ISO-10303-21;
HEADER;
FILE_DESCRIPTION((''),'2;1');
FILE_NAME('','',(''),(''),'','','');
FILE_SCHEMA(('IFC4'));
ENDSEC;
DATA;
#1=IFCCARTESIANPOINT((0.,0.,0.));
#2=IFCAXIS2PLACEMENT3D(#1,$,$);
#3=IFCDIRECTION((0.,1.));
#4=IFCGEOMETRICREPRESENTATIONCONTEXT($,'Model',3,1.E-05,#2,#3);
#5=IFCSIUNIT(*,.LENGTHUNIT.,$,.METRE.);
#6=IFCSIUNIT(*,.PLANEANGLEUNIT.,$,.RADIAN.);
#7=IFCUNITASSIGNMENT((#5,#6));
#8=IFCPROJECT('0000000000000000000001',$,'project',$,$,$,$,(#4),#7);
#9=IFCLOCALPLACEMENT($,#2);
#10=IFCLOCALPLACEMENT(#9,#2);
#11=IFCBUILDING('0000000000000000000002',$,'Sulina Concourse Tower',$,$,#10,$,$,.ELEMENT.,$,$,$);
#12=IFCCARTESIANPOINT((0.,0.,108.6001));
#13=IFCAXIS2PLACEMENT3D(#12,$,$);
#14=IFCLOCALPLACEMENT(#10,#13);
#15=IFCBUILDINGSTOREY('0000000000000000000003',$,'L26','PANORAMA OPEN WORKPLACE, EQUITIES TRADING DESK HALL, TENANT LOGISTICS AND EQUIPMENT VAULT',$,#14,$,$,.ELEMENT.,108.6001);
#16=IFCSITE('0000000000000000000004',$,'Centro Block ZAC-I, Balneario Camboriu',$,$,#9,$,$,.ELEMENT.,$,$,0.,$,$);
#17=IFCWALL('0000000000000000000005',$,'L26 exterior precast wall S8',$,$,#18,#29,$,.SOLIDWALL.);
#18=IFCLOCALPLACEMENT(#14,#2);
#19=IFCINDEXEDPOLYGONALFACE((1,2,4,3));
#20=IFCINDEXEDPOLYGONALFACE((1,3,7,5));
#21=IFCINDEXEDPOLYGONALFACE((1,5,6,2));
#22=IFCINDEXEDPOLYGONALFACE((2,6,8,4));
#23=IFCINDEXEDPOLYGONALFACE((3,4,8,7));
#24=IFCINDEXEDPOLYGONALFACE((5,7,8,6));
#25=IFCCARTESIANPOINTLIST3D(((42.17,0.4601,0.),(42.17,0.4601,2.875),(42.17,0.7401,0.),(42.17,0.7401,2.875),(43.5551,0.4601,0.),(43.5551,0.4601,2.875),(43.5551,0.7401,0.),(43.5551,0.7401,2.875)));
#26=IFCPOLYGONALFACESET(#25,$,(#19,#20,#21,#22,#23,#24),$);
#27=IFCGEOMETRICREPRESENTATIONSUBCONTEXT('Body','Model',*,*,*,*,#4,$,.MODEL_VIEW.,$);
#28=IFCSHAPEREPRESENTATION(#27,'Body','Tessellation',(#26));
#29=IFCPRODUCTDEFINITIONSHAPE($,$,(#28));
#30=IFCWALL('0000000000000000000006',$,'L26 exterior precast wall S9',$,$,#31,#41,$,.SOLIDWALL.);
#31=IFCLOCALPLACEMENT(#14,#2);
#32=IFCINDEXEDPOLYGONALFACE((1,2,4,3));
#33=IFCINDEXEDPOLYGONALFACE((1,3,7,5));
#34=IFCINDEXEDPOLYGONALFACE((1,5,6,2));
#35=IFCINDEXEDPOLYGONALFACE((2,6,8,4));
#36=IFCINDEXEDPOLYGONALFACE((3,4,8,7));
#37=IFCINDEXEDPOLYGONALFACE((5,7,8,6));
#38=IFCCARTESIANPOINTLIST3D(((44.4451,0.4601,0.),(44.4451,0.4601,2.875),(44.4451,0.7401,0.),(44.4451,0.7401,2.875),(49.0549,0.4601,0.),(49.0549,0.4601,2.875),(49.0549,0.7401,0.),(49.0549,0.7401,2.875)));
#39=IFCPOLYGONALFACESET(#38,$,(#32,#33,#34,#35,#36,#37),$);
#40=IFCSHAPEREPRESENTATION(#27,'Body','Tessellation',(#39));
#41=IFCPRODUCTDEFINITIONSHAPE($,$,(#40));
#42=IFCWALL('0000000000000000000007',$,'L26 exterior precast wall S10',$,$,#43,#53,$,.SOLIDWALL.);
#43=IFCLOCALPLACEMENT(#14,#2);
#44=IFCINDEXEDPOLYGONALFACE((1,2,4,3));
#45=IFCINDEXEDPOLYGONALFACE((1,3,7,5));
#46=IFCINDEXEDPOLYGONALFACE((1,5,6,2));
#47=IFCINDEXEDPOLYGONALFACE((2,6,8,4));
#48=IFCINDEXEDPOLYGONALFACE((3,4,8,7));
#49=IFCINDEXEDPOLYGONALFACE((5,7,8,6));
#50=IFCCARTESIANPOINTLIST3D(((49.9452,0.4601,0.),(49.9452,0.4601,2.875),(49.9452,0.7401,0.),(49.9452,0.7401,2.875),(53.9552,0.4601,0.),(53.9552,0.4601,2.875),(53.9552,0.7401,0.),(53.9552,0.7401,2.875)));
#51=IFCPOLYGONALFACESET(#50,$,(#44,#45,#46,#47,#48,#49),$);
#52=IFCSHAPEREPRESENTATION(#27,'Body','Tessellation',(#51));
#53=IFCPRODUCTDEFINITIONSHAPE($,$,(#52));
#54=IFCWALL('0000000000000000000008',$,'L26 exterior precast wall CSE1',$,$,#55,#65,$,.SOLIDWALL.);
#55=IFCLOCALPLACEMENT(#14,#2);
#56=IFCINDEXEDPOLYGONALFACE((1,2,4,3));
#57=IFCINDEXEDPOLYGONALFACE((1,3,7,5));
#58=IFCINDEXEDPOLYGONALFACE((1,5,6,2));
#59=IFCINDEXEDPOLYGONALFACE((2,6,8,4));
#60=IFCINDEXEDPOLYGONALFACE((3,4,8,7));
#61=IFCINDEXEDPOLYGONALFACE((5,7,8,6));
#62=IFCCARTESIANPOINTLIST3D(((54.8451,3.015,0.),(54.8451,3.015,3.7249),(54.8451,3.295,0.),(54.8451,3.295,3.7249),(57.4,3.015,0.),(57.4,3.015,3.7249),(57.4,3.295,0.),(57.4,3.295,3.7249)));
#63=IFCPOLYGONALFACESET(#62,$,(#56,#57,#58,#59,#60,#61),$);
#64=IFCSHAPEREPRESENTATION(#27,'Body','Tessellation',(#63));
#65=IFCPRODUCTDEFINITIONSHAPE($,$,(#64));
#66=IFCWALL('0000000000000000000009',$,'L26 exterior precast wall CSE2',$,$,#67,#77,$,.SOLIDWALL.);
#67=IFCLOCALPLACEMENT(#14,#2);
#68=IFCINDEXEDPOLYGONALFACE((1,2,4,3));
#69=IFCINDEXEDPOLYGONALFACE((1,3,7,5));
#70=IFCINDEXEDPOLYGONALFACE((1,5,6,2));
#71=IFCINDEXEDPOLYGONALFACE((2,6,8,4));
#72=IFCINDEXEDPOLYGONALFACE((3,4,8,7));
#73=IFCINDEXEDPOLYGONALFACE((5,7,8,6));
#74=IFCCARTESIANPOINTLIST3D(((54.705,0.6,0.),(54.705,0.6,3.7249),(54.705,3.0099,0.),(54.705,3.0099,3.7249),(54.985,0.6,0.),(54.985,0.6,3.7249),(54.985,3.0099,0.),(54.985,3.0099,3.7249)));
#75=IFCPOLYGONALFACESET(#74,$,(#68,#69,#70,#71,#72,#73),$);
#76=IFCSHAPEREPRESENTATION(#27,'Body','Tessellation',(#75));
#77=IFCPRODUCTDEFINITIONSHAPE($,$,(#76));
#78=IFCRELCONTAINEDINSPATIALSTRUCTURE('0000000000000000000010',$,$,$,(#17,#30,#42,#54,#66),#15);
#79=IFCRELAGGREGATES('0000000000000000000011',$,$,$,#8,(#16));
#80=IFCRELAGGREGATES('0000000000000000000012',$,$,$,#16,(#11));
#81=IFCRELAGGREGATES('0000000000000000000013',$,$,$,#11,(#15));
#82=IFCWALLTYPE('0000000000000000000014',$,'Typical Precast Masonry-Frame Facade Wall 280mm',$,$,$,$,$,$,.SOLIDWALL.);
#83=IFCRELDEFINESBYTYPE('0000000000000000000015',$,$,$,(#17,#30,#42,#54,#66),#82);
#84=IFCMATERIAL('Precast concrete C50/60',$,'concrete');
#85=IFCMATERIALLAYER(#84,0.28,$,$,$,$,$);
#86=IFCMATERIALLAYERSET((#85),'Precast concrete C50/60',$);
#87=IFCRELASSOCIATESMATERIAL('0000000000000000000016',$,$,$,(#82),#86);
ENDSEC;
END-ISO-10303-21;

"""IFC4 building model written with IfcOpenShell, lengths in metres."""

from ifc_helpers import new_model, si_unit, direction, frame, frame_2d, origin, place, context, subcontext, project, spatial, rectangle, extrude, material, layer, layer_set, type_object, element, save


model = new_model("IFC4")

# Units and contexts
model_context = context("Model", 3, precision=1e-05, world=origin(), true_north=direction((0.0, 1.0)))
body_context = subcontext(model_context, "Body", "Model", "MODEL_VIEW")
ifc_project = project(units=[si_unit("LENGTHUNIT", "METRE"), si_unit("PLANEANGLEUNIT", "RADIAN")], contexts=[model_context])

# Site, building, storey
site_placement = place(None, origin())
site = spatial("IfcSite", under=ifc_project, at=site_placement, Name="Centro Block ZAC-I, Balneario Camboriu", CompositionType="ELEMENT", RefElevation=0.0)
building_placement = place(site_placement, origin())
building = spatial("IfcBuilding", under=site, at=building_placement, Name="Sulina Concourse Tower", CompositionType="ELEMENT")
storey_placement = place(building_placement, frame((0.0, 0.0, 108.6001)))
storey = spatial("IfcBuildingStorey", under=building, at=storey_placement, Name="L26", Description="PANORAMA OPEN WORKPLACE, EQUITIES TRADING DESK HALL, TENANT LOGISTICS AND EQUIPMENT VAULT", CompositionType="ELEMENT", Elevation=108.6001)

# Walls
ifc_material_1 = material(Name="Precast concrete C50/60", Category="concrete")
ifc_layer_1 = layer(ifc_material_1, 0.28)
ifc_layer_set_1 = layer_set([ifc_layer_1], Name="Precast concrete C50/60")
wall_type_1 = type_object("IfcWallType", Name="Typical Precast Masonry-Frame Facade Wall 280mm", PredefinedType="SOLIDWALL", material=ifc_layer_set_1)
wall_1_placement = place(storey_placement, frame((43.5549, 0.6001, 0.0), z_axis=(0.0, 0.0, 1.0), x_axis=(-1.0, 0.0, 0.0)))
element("IfcWall", 1, at=wall_1_placement, inside=storey, type_object=wall_type_1, Name="L26 exterior precast wall S8", PredefinedType="SOLIDWALL", context=body_context, shape_type="SweptSolid", body=[
    extrude(rectangle(XDim=1.385, YDim=0.28, at=frame_2d((0.6924, 0.0))), origin(), (0.0, 0.0, 1.0), 2.875),
])
wall_2_placement = place(storey_placement, frame((49.0549, 0.6001, 0.0), z_axis=(0.0, 0.0, 1.0), x_axis=(-1.0, 0.0, 0.0)))
element("IfcWall", 2, at=wall_2_placement, inside=storey, type_object=wall_type_1, Name="L26 exterior precast wall S9", PredefinedType="SOLIDWALL", context=body_context, shape_type="SweptSolid", body=[
    extrude(rectangle(XDim=4.6099, YDim=0.28, at=frame_2d((2.3049, 0.0))), origin(), (0.0, 0.0, 1.0), 2.875),
])
wall_3_placement = place(storey_placement, frame((53.9551, 0.6001, 0.0), z_axis=(0.0, 0.0, 1.0), x_axis=(-1.0, 0.0, 0.0)))
element("IfcWall", 3, at=wall_3_placement, inside=storey, type_object=wall_type_1, Name="L26 exterior precast wall S10", PredefinedType="SOLIDWALL", context=body_context, shape_type="SweptSolid", body=[
    extrude(rectangle(XDim=4.01, YDim=0.28, at=frame_2d((2.0049, 0.0))), origin(), (0.0, 0.0, 1.0), 2.875),
])
wall_4_placement = place(storey_placement, frame((57.3999, 3.155, 0.0), z_axis=(0.0, 0.0, 1.0), x_axis=(-1.0, 0.0, 0.0)))
element("IfcWall", 4, at=wall_4_placement, inside=storey, type_object=wall_type_1, Name="L26 exterior precast wall CSE1", PredefinedType="SOLIDWALL", context=body_context, shape_type="SweptSolid", body=[
    extrude(rectangle(XDim=2.5549, YDim=0.28, at=frame_2d((1.2773, 0.0))), origin(), (0.0, 0.0, 1.0), 3.7249),
])
wall_5_placement = place(storey_placement, frame((54.845, 3.01, 0.0), z_axis=(0.0, 0.0, 1.0), x_axis=(0.0, -1.0, 0.0)))
element("IfcWall", 5, at=wall_5_placement, inside=storey, type_object=wall_type_1, Name="L26 exterior precast wall CSE2", PredefinedType="SOLIDWALL", context=body_context, shape_type="SweptSolid", body=[
    extrude(rectangle(XDim=2.4099, YDim=0.28, at=frame_2d((1.2051, 0.0))), origin(), (0.0, 0.0, 1.0), 3.7249),
])

save(model, "model.ifc")
